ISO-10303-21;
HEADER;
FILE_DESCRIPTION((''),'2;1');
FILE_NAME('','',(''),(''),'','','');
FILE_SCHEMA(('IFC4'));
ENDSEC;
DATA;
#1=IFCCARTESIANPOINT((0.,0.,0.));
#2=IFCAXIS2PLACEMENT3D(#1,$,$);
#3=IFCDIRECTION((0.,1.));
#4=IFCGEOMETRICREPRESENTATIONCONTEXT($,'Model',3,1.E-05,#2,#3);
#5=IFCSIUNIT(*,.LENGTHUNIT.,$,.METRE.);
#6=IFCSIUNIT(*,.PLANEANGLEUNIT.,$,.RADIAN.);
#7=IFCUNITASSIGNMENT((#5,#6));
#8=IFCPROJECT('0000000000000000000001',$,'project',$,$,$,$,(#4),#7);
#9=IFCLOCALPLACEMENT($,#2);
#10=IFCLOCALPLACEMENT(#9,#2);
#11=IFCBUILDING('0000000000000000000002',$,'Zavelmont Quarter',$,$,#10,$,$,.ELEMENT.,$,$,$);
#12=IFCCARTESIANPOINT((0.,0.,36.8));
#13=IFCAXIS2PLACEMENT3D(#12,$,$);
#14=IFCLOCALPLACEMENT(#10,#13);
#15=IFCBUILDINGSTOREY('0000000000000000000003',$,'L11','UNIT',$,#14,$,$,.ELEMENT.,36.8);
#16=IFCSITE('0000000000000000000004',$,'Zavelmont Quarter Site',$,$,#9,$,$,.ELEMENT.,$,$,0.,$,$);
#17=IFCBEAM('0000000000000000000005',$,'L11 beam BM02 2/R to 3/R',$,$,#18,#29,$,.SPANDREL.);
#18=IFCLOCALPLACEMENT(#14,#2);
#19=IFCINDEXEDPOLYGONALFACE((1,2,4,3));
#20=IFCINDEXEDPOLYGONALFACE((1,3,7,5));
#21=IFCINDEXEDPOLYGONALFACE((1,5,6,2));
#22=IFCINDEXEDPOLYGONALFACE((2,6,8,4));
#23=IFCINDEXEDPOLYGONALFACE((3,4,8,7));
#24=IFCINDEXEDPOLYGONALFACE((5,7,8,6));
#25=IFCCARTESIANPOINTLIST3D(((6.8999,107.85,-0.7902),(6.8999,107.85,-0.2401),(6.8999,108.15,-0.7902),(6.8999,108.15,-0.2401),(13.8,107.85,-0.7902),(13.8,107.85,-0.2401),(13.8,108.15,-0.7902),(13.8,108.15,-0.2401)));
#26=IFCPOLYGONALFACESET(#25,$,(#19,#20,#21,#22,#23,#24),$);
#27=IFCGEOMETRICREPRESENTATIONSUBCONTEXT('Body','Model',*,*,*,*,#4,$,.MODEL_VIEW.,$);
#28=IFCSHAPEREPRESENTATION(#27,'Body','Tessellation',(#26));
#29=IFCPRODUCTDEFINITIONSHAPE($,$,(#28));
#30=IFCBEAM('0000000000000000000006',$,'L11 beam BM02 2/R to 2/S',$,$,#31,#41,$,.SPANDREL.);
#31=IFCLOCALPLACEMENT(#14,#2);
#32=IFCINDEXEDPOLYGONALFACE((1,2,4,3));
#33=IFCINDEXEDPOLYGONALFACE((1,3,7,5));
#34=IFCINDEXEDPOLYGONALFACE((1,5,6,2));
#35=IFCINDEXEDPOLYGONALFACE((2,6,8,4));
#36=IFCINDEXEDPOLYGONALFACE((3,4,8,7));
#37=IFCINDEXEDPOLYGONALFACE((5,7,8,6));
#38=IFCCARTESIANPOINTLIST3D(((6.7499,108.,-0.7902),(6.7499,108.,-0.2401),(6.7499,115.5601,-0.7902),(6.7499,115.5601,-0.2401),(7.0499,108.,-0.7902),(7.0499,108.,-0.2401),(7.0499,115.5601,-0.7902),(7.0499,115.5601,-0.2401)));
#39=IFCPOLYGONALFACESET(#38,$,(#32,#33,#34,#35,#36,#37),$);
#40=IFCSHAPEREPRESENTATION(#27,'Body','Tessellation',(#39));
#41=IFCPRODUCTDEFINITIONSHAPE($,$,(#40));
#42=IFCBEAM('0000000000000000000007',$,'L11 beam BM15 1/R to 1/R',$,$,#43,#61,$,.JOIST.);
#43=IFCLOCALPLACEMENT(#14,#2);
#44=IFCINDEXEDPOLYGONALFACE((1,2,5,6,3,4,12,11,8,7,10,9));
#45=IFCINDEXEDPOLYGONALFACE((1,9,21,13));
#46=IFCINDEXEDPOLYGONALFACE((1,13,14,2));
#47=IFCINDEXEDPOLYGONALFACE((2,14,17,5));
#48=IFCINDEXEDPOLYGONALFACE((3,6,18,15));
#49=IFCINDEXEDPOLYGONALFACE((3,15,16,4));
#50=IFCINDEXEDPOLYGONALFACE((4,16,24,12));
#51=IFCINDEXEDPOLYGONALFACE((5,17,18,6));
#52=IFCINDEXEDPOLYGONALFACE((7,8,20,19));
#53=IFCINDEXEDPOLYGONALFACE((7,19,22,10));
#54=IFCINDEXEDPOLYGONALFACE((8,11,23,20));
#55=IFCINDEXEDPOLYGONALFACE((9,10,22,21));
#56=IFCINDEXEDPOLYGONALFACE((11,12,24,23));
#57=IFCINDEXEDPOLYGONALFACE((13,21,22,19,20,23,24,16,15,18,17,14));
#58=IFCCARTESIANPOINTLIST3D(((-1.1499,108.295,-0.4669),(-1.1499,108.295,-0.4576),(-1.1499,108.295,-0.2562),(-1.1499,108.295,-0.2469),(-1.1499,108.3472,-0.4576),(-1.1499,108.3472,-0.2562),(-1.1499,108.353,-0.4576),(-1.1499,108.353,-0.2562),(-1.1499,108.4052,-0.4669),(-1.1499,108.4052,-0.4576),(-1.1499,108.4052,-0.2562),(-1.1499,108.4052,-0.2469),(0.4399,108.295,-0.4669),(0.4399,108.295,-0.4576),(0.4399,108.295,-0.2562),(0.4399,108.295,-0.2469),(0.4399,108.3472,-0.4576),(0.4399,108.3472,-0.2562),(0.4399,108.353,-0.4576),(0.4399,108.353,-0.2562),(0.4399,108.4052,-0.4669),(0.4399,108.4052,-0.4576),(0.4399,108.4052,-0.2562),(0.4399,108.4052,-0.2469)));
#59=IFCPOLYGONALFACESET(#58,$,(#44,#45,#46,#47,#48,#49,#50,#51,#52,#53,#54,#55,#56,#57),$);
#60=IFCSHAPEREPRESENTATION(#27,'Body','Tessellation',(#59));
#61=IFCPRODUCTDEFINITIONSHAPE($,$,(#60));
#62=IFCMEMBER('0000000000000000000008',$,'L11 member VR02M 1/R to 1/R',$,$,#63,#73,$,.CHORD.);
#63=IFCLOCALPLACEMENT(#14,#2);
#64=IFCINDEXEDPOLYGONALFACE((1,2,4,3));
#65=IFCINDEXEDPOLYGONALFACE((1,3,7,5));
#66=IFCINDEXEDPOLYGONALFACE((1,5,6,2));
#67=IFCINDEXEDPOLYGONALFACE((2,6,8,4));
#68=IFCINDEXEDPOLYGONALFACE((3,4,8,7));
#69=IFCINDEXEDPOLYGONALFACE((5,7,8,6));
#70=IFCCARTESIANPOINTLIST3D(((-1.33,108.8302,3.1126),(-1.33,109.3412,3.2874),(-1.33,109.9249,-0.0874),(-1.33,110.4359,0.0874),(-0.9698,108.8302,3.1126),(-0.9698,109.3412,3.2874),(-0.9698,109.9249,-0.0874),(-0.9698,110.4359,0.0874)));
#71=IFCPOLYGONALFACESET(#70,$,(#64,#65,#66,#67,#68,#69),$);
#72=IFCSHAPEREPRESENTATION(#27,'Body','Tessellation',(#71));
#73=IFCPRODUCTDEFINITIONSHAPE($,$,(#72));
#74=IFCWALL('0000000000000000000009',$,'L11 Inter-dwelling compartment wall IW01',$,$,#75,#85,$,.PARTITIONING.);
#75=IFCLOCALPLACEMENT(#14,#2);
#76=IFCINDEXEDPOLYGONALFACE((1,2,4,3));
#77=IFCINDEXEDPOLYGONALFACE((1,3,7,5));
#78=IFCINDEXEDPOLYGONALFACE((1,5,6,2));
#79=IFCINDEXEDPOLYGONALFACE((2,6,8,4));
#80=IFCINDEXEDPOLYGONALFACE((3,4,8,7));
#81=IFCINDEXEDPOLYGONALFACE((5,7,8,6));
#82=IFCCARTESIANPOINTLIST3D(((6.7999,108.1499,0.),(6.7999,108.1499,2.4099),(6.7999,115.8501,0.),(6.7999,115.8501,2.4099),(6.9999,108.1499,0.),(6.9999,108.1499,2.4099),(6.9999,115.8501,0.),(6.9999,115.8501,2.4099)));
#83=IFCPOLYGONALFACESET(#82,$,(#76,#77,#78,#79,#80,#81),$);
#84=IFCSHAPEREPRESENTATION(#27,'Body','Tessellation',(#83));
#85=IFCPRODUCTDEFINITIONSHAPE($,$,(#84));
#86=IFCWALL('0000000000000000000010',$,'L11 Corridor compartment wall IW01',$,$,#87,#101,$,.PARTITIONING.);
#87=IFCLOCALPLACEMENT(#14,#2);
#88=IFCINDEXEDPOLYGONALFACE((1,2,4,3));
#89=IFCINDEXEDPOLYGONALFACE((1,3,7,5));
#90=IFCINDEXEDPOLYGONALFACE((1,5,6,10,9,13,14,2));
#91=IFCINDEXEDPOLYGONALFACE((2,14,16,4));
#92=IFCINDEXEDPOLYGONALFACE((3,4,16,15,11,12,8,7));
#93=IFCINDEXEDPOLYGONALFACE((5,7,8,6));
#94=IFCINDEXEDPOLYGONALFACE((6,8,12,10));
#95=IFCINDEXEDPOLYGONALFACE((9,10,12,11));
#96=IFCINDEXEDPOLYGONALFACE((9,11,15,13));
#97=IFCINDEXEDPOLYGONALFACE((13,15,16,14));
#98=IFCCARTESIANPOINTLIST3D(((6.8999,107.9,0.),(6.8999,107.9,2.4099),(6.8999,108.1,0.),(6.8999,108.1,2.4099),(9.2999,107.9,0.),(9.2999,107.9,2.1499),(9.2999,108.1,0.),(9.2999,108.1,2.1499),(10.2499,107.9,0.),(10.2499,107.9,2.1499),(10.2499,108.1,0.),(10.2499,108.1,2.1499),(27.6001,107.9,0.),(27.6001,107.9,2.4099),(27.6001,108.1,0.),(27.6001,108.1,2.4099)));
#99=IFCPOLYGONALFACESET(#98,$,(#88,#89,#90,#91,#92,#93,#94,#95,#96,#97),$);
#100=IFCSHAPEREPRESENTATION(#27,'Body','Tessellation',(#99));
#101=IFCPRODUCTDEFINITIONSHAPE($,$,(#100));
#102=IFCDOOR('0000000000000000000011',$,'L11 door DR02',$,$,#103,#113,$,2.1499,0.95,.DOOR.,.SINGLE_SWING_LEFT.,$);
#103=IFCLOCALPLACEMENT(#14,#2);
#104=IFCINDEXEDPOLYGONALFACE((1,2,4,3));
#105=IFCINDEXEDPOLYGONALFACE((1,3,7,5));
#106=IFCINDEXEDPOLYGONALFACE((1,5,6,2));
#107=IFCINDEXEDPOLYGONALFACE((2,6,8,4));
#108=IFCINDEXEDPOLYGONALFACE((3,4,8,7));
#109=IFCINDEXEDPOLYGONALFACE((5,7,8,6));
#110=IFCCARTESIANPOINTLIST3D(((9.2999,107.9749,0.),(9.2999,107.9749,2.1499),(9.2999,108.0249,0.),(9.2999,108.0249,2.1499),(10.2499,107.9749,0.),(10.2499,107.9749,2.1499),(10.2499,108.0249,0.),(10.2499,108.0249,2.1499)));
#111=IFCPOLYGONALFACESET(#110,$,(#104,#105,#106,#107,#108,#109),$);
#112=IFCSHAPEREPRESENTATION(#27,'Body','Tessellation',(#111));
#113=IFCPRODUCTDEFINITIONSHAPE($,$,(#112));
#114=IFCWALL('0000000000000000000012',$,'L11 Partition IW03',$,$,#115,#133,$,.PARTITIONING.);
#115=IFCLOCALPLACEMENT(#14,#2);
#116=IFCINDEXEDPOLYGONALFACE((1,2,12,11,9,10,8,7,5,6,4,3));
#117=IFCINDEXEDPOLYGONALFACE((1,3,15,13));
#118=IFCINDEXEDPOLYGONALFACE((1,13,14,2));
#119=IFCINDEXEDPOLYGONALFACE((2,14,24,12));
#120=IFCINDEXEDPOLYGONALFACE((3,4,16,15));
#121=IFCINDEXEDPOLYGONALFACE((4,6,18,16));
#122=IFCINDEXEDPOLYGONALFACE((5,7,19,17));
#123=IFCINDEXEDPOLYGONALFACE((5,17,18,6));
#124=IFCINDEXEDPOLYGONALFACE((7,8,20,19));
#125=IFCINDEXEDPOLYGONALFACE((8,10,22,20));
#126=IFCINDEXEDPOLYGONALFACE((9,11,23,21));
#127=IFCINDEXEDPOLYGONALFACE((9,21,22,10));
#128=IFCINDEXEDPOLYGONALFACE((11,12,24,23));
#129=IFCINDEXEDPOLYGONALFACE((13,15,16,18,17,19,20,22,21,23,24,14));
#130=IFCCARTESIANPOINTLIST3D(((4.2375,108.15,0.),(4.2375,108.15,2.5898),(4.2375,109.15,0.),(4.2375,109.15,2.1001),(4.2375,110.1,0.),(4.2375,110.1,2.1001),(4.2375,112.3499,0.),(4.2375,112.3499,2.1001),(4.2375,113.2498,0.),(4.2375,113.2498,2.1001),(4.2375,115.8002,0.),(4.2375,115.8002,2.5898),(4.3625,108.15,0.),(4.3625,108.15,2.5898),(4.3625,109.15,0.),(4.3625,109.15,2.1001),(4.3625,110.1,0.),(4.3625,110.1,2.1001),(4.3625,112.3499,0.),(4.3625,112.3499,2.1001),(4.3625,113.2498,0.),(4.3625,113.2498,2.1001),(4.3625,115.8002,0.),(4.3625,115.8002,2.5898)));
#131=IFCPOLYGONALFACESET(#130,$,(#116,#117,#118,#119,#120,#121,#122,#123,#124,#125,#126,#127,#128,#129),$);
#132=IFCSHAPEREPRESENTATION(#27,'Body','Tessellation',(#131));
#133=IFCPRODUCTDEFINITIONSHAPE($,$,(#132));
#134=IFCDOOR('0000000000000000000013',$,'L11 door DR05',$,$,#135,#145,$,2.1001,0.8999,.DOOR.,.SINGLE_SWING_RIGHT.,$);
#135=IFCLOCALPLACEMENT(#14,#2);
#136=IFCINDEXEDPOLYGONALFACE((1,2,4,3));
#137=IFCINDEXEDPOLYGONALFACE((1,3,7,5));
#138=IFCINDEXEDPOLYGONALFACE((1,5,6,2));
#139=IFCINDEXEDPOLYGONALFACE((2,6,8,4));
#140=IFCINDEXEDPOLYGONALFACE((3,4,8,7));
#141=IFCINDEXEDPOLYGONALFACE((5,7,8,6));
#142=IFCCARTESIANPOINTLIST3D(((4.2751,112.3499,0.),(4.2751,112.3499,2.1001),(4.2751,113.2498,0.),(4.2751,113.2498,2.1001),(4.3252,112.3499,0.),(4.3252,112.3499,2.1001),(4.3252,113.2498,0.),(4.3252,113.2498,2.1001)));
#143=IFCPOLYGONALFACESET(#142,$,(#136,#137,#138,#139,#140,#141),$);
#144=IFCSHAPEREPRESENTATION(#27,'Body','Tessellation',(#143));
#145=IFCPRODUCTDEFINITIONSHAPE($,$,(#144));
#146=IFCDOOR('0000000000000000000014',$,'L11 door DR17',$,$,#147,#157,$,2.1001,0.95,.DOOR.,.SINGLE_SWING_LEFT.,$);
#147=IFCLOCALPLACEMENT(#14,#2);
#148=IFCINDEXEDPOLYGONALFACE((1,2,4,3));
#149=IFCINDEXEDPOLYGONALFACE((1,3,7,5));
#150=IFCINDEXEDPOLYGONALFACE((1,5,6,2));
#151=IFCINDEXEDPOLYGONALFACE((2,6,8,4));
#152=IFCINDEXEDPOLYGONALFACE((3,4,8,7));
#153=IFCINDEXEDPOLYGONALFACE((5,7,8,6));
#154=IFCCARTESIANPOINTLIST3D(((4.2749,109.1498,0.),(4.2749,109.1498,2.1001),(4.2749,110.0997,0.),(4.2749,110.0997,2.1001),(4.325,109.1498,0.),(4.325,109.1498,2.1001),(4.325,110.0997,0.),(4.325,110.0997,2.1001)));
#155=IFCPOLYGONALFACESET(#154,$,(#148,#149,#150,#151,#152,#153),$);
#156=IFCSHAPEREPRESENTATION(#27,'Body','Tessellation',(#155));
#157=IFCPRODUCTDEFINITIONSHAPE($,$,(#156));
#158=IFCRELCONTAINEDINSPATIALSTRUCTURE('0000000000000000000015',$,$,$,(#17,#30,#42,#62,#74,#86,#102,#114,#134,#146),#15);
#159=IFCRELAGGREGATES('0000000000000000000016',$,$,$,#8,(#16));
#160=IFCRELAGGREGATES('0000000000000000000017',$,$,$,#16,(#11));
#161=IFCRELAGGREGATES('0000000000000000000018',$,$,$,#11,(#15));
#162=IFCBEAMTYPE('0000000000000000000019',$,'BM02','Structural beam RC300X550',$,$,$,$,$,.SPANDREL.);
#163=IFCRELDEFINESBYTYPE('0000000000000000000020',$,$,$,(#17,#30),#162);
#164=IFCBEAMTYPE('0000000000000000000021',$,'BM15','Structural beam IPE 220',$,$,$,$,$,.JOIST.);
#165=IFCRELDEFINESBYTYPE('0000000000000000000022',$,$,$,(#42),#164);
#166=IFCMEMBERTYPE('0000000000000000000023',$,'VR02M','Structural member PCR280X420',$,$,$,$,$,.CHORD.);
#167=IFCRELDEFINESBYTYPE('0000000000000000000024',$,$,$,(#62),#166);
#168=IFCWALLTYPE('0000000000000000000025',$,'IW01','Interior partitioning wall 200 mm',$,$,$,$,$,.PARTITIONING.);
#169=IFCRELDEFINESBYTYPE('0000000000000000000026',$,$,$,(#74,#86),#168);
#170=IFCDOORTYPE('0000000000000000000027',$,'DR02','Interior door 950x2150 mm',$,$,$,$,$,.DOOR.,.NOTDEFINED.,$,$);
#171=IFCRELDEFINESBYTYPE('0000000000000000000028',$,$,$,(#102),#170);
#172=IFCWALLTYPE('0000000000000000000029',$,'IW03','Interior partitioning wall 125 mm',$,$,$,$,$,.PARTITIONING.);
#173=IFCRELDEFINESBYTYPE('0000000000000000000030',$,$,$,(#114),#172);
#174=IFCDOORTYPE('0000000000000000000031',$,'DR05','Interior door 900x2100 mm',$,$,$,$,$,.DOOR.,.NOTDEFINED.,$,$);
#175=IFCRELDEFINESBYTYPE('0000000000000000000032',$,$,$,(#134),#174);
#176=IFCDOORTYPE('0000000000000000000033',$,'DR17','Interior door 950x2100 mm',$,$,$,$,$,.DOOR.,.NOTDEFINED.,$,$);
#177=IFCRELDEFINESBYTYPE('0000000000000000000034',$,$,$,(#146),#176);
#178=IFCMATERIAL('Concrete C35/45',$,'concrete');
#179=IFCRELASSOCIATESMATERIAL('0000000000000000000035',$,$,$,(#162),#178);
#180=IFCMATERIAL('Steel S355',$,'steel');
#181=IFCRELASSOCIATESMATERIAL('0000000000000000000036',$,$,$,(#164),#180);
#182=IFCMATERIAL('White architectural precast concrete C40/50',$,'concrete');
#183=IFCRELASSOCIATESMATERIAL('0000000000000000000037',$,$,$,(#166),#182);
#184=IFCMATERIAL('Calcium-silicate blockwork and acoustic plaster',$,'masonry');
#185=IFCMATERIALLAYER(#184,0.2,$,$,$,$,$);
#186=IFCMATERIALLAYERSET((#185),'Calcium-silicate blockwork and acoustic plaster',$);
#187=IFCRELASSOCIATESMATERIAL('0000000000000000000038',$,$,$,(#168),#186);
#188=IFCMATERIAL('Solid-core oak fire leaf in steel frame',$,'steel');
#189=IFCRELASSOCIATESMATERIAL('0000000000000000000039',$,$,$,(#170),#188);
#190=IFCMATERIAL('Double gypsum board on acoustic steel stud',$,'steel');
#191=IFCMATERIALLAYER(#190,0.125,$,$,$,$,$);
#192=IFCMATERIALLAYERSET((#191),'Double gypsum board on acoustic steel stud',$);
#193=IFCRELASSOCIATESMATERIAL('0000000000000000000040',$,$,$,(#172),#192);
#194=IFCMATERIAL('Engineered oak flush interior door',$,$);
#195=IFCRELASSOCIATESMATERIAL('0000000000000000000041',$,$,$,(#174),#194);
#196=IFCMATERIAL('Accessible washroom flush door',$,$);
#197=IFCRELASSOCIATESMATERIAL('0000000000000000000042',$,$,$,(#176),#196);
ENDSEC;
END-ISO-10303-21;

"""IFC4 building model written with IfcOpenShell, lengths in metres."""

from ifc_helpers import new_model, si_unit, direction, frame, frame_2d, origin, origin_with_axes, origin_2d, place, context, subcontext, project, spatial, rectangle, i_section, extrude, material, layer, layer_set, material_profile, profile_set, type_object, element, fill, save


model = new_model("IFC4")

# Units and contexts
model_context = context("Model", 3, precision=1e-05, world=origin(), true_north=direction((0.0, 1.0)))
body_context = subcontext(model_context, "Body", "Model", "MODEL_VIEW")
ifc_project = project(units=[si_unit("LENGTHUNIT", "METRE"), si_unit("PLANEANGLEUNIT", "RADIAN")], contexts=[model_context])

# Site, building, storey
site_placement = place(None, origin())
site = spatial("IfcSite", under=ifc_project, at=site_placement, Name="Zavelmont Quarter Site", CompositionType="ELEMENT", RefElevation=0.0)
building_placement = place(site_placement, origin())
building = spatial("IfcBuilding", under=site, at=building_placement, Name="Zavelmont Quarter", CompositionType="ELEMENT")
storey_placement = place(building_placement, frame((0.0, 0.0, 36.8)))
storey = spatial("IfcBuildingStorey", under=building, at=storey_placement, Name="L11", Description="UNIT", CompositionType="ELEMENT", Elevation=36.8)

# Beams
ifc_material_1 = material(Name="Concrete C35/45", Category="concrete")
ifc_material_profile_1 = material_profile(ifc_material_1, rectangle(XDim=0.3, YDim=0.55, at=origin_2d()), Name="RC300X550")
ifc_profile_set_1 = profile_set([ifc_material_profile_1], Name="Concrete C35/45")
beam_type_1 = type_object("IfcBeamType", Name="BM02", Description="Structural beam RC300X550", PredefinedType="SPANDREL", material=ifc_profile_set_1)
beam_1_placement = place(storey_placement, frame((6.8999, 108.0, -0.5151), z_axis=(1.0, 0.0, 0.0), x_axis=(0.0, 1.0, 0.0)))
element("IfcBeam", 1, at=beam_1_placement, inside=storey, type_object=beam_type_1, Name="L11 beam BM02 2/R to 3/R", PredefinedType="SPANDREL", context=body_context, shape_type="SweptSolid", body=[
    extrude(rectangle(XDim=0.3, YDim=0.55, at=origin_2d()), origin(), (0.0, 0.0, 1.0), 6.9001),
])
beam_2_placement = place(storey_placement, frame((6.8999, 108.0, -0.5151), z_axis=(0.0, 1.0, 0.0), x_axis=(-1.0, 0.0, 0.0)))
element("IfcBeam", 2, at=beam_2_placement, inside=storey, type_object=beam_type_1, Name="L11 beam BM02 2/R to 2/S", PredefinedType="SPANDREL", context=body_context, shape_type="SweptSolid", body=[
    extrude(rectangle(XDim=0.3, YDim=0.55, at=origin_2d()), origin(), (0.0, 0.0, 1.0), 7.5601),
])
ifc_material_2 = material(Name="Steel S355", Category="steel")
ifc_material_profile_2 = material_profile(ifc_material_2, i_section(OverallWidth=0.1101, OverallDepth=0.22, WebThickness=0.0059, FlangeThickness=0.0093, at=origin_2d()), Name="IPE 220")
ifc_profile_set_2 = profile_set([ifc_material_profile_2], Name="Steel S355")
beam_type_2 = type_object("IfcBeamType", Name="BM15", Description="Structural beam IPE 220", PredefinedType="JOIST", material=ifc_profile_set_2)
beam_3_placement = place(storey_placement, frame((0.4399, 108.3501, -0.3569), z_axis=(-1.0, 0.0, 0.0), x_axis=(0.0, -1.0, 0.0)))
element("IfcBeam", 3, at=beam_3_placement, inside=storey, type_object=beam_type_2, Name="L11 beam BM15 1/R to 1/R", PredefinedType="JOIST", context=body_context, shape_type="SweptSolid", body=[
    extrude(i_section(OverallWidth=0.1101, OverallDepth=0.22, WebThickness=0.0059, FlangeThickness=0.0093, at=origin_2d()), origin(), (0.0, 0.0, 1.0), 1.5898),
])

# Member
ifc_material_3 = material(Name="White architectural precast concrete C40/50", Category="concrete")
ifc_material_profile_3 = material_profile(ifc_material_3, rectangle(XDim=0.3601, YDim=0.54, at=origin_2d()), Name="PCR280X420")
ifc_profile_set_3 = profile_set([ifc_material_profile_3], Name="White architectural precast concrete C40/50")
member_type = type_object("IfcMemberType", Name="VR02M", Description="Structural member PCR280X420", PredefinedType="CHORD", material=ifc_profile_set_3)
member_placement = place(storey_placement, frame((-1.1499, 110.1804, 0.0), z_axis=(0.0, -0.323689, 0.946163), x_axis=(1.0, 0.0, 0.0)))
element("IfcMember", 4, at=member_placement, inside=storey, type_object=member_type, Name="L11 member VR02M 1/R to 1/R", PredefinedType="CHORD", context=body_context, shape_type="SweptSolid", body=[
    extrude(rectangle(XDim=0.3601, YDim=0.54, at=origin_2d()), origin(), (0.0, 0.0, 1.0), 3.3821),
])

# Wall
ifc_material_4 = material(Name="Calcium-silicate blockwork and acoustic plaster", Category="masonry")
ifc_layer_1 = layer(ifc_material_4, 0.2)
ifc_layer_set_1 = layer_set([ifc_layer_1], Name="Calcium-silicate blockwork and acoustic plaster")
wall_type_1 = type_object("IfcWallType", Name="IW01", Description="Interior partitioning wall 200 mm", PredefinedType="PARTITIONING", material=ifc_layer_set_1)
wall_1_placement = place(storey_placement, frame((6.8999, 108.1499, 0.0), z_axis=(0.0, 0.0, 1.0), x_axis=(0.0, 1.0, 0.0)))
element("IfcWall", 5, at=wall_1_placement, inside=storey, type_object=wall_type_1, Name="L11 Inter-dwelling compartment wall IW01", PredefinedType="PARTITIONING", context=body_context, shape_type="SweptSolid", body=[
    extrude(rectangle(XDim=7.7002, YDim=0.2, at=frame_2d((3.8501, 0.0))), origin(), (0.0, 0.0, 1.0), 2.4099),
])

# Wall, opening, door
wall_2_placement = place(storey_placement, frame((6.8999, 108.0, 0.0), z_axis=(0.0, 0.0, 1.0), x_axis=(1.0, 0.0, 0.0)))
wall_2 = element("IfcWall", 6, at=wall_2_placement, inside=storey, type_object=wall_type_1, Name="L11 Corridor compartment wall IW01", PredefinedType="PARTITIONING", context=body_context, shape_type="SweptSolid", body=[
    extrude(rectangle(XDim=20.7002, YDim=0.2, at=frame_2d((10.3501, 0.0))), origin(), (0.0, 0.0, 1.0), 2.4099),
])
opening_1_placement = place(wall_2_placement, frame((2.3999, 0.0, 0.0)))
opening_1 = element("IfcOpeningElement", 7, at=opening_1_placement, cuts=wall_2, PredefinedType="OPENING", context=body_context, shape_type="SweptSolid", body=[
    extrude(rectangle(XDim=0.95, YDim=2.1499, at=frame_2d((0.4751, 1.075))), frame((0.0, 0.1118, 0.0), z_axis=(0.0, -1.0, 0.0), x_axis=(1.0, 0.0, 0.0)), (0.0, 0.0, 1.0), 0.2239),
])
ifc_material_5 = material(Name="Solid-core oak fire leaf in steel frame", Category="steel")
door_type_1 = type_object("IfcDoorType", Name="DR02", Description="Interior door 950x2150 mm", OperationType="NOTDEFINED", PredefinedType="DOOR", material=ifc_material_5)
door_1_placement = place(opening_1_placement, origin_with_axes())
door_1 = element("IfcDoor", 8, at=door_1_placement, inside=storey, type_object=door_type_1, Name="L11 door DR02", OperationType="SINGLE_SWING_LEFT", OverallHeight=2.1499, OverallWidth=0.95, PredefinedType="DOOR", context=body_context, shape_type="SweptSolid", body=[
    extrude(rectangle(XDim=0.95, YDim=2.1499, at=frame_2d((0.4751, 1.075))), frame((0.0, 0.0249, 0.0), z_axis=(0.0, -1.0, 0.0), x_axis=(1.0, 0.0, 0.0)), (0.0, 0.0, 1.0), 0.05),
])
fill(opening_1, door_1)

# Wall, openings, doors
ifc_material_6 = material(Name="Double gypsum board on acoustic steel stud", Category="steel")
ifc_layer_2 = layer(ifc_material_6, 0.125)
ifc_layer_set_2 = layer_set([ifc_layer_2], Name="Double gypsum board on acoustic steel stud")
wall_type_2 = type_object("IfcWallType", Name="IW03", Description="Interior partitioning wall 125 mm", PredefinedType="PARTITIONING", material=ifc_layer_set_2)
wall_3_placement = place(storey_placement, frame((4.3, 108.1499, 0.0), z_axis=(0.0, 0.0, 1.0), x_axis=(0.0, 1.0, 0.0)))
wall_3 = element("IfcWall", 9, at=wall_3_placement, inside=storey, type_object=wall_type_2, Name="L11 Partition IW03", PredefinedType="PARTITIONING", context=body_context, shape_type="SweptSolid", body=[
    extrude(rectangle(XDim=7.6501, YDim=0.125, at=frame_2d((3.8252, 0.0))), origin(), (0.0, 0.0, 1.0), 2.5898),
])
opening_2_placement = place(wall_3_placement, frame((1.0, 0.0, 0.0)))
opening_2 = element("IfcOpeningElement", 10, at=opening_2_placement, cuts=wall_3, PredefinedType="OPENING", context=body_context, shape_type="SweptSolid", body=[
    extrude(rectangle(XDim=0.95, YDim=2.1001, at=frame_2d((0.4751, 1.05))), frame((0.0, 0.0745, 0.0), z_axis=(0.0, -1.0, 0.0), x_axis=(1.0, 0.0, 0.0)), (0.0, 0.0, 1.0), 0.1489),
])
opening_3_placement = place(wall_3_placement, frame((4.2, 0.0, 0.0)))
opening_3 = element("IfcOpeningElement", 11, at=opening_3_placement, cuts=wall_3, PredefinedType="OPENING", context=body_context, shape_type="SweptSolid", body=[
    extrude(rectangle(XDim=0.8999, YDim=2.1001, at=frame_2d((0.45, 1.05))), frame((0.0, 0.0745, 0.0), z_axis=(0.0, -1.0, 0.0), x_axis=(1.0, 0.0, 0.0)), (0.0, 0.0, 1.0), 0.1489),
])
ifc_material_7 = material(Name="Engineered oak flush interior door")
door_type_2 = type_object("IfcDoorType", Name="DR05", Description="Interior door 900x2100 mm", OperationType="NOTDEFINED", PredefinedType="DOOR", material=ifc_material_7)
door_2_placement = place(opening_3_placement, origin_with_axes())
door_2 = element("IfcDoor", 12, at=door_2_placement, inside=storey, type_object=door_type_2, Name="L11 door DR05", OperationType="SINGLE_SWING_RIGHT", OverallHeight=2.1001, OverallWidth=0.8999, PredefinedType="DOOR", context=body_context, shape_type="SweptSolid", body=[
    extrude(rectangle(XDim=0.8999, YDim=2.1001, at=frame_2d((0.45, 1.05))), frame((0.0, 0.0249, 0.0), z_axis=(0.0, -1.0, 0.0), x_axis=(1.0, 0.0, 0.0)), (0.0, 0.0, 1.0), 0.05),
])
fill(opening_3, door_2)
ifc_material_8 = material(Name="Accessible washroom flush door")
door_type_3 = type_object("IfcDoorType", Name="DR17", Description="Interior door 950x2100 mm", OperationType="NOTDEFINED", PredefinedType="DOOR", material=ifc_material_8)
door_3_placement = place(opening_2_placement, frame((0.95, 0.0, 0.0), z_axis=(0.0, 0.0, 1.0), x_axis=(-1.0, 0.0, 0.0)))
door_3 = element("IfcDoor", 13, at=door_3_placement, inside=storey, type_object=door_type_3, Name="L11 door DR17", OperationType="SINGLE_SWING_LEFT", OverallHeight=2.1001, OverallWidth=0.95, PredefinedType="DOOR", context=body_context, shape_type="SweptSolid", body=[
    extrude(rectangle(XDim=0.95, YDim=2.1001, at=frame_2d((0.4751, 1.05))), frame((0.0, 0.0249, 0.0), z_axis=(0.0, -1.0, 0.0), x_axis=(1.0, 0.0, 0.0)), (0.0, 0.0, 1.0), 0.05),
])
fill(opening_2, door_3)

save(model, "model.ifc")
